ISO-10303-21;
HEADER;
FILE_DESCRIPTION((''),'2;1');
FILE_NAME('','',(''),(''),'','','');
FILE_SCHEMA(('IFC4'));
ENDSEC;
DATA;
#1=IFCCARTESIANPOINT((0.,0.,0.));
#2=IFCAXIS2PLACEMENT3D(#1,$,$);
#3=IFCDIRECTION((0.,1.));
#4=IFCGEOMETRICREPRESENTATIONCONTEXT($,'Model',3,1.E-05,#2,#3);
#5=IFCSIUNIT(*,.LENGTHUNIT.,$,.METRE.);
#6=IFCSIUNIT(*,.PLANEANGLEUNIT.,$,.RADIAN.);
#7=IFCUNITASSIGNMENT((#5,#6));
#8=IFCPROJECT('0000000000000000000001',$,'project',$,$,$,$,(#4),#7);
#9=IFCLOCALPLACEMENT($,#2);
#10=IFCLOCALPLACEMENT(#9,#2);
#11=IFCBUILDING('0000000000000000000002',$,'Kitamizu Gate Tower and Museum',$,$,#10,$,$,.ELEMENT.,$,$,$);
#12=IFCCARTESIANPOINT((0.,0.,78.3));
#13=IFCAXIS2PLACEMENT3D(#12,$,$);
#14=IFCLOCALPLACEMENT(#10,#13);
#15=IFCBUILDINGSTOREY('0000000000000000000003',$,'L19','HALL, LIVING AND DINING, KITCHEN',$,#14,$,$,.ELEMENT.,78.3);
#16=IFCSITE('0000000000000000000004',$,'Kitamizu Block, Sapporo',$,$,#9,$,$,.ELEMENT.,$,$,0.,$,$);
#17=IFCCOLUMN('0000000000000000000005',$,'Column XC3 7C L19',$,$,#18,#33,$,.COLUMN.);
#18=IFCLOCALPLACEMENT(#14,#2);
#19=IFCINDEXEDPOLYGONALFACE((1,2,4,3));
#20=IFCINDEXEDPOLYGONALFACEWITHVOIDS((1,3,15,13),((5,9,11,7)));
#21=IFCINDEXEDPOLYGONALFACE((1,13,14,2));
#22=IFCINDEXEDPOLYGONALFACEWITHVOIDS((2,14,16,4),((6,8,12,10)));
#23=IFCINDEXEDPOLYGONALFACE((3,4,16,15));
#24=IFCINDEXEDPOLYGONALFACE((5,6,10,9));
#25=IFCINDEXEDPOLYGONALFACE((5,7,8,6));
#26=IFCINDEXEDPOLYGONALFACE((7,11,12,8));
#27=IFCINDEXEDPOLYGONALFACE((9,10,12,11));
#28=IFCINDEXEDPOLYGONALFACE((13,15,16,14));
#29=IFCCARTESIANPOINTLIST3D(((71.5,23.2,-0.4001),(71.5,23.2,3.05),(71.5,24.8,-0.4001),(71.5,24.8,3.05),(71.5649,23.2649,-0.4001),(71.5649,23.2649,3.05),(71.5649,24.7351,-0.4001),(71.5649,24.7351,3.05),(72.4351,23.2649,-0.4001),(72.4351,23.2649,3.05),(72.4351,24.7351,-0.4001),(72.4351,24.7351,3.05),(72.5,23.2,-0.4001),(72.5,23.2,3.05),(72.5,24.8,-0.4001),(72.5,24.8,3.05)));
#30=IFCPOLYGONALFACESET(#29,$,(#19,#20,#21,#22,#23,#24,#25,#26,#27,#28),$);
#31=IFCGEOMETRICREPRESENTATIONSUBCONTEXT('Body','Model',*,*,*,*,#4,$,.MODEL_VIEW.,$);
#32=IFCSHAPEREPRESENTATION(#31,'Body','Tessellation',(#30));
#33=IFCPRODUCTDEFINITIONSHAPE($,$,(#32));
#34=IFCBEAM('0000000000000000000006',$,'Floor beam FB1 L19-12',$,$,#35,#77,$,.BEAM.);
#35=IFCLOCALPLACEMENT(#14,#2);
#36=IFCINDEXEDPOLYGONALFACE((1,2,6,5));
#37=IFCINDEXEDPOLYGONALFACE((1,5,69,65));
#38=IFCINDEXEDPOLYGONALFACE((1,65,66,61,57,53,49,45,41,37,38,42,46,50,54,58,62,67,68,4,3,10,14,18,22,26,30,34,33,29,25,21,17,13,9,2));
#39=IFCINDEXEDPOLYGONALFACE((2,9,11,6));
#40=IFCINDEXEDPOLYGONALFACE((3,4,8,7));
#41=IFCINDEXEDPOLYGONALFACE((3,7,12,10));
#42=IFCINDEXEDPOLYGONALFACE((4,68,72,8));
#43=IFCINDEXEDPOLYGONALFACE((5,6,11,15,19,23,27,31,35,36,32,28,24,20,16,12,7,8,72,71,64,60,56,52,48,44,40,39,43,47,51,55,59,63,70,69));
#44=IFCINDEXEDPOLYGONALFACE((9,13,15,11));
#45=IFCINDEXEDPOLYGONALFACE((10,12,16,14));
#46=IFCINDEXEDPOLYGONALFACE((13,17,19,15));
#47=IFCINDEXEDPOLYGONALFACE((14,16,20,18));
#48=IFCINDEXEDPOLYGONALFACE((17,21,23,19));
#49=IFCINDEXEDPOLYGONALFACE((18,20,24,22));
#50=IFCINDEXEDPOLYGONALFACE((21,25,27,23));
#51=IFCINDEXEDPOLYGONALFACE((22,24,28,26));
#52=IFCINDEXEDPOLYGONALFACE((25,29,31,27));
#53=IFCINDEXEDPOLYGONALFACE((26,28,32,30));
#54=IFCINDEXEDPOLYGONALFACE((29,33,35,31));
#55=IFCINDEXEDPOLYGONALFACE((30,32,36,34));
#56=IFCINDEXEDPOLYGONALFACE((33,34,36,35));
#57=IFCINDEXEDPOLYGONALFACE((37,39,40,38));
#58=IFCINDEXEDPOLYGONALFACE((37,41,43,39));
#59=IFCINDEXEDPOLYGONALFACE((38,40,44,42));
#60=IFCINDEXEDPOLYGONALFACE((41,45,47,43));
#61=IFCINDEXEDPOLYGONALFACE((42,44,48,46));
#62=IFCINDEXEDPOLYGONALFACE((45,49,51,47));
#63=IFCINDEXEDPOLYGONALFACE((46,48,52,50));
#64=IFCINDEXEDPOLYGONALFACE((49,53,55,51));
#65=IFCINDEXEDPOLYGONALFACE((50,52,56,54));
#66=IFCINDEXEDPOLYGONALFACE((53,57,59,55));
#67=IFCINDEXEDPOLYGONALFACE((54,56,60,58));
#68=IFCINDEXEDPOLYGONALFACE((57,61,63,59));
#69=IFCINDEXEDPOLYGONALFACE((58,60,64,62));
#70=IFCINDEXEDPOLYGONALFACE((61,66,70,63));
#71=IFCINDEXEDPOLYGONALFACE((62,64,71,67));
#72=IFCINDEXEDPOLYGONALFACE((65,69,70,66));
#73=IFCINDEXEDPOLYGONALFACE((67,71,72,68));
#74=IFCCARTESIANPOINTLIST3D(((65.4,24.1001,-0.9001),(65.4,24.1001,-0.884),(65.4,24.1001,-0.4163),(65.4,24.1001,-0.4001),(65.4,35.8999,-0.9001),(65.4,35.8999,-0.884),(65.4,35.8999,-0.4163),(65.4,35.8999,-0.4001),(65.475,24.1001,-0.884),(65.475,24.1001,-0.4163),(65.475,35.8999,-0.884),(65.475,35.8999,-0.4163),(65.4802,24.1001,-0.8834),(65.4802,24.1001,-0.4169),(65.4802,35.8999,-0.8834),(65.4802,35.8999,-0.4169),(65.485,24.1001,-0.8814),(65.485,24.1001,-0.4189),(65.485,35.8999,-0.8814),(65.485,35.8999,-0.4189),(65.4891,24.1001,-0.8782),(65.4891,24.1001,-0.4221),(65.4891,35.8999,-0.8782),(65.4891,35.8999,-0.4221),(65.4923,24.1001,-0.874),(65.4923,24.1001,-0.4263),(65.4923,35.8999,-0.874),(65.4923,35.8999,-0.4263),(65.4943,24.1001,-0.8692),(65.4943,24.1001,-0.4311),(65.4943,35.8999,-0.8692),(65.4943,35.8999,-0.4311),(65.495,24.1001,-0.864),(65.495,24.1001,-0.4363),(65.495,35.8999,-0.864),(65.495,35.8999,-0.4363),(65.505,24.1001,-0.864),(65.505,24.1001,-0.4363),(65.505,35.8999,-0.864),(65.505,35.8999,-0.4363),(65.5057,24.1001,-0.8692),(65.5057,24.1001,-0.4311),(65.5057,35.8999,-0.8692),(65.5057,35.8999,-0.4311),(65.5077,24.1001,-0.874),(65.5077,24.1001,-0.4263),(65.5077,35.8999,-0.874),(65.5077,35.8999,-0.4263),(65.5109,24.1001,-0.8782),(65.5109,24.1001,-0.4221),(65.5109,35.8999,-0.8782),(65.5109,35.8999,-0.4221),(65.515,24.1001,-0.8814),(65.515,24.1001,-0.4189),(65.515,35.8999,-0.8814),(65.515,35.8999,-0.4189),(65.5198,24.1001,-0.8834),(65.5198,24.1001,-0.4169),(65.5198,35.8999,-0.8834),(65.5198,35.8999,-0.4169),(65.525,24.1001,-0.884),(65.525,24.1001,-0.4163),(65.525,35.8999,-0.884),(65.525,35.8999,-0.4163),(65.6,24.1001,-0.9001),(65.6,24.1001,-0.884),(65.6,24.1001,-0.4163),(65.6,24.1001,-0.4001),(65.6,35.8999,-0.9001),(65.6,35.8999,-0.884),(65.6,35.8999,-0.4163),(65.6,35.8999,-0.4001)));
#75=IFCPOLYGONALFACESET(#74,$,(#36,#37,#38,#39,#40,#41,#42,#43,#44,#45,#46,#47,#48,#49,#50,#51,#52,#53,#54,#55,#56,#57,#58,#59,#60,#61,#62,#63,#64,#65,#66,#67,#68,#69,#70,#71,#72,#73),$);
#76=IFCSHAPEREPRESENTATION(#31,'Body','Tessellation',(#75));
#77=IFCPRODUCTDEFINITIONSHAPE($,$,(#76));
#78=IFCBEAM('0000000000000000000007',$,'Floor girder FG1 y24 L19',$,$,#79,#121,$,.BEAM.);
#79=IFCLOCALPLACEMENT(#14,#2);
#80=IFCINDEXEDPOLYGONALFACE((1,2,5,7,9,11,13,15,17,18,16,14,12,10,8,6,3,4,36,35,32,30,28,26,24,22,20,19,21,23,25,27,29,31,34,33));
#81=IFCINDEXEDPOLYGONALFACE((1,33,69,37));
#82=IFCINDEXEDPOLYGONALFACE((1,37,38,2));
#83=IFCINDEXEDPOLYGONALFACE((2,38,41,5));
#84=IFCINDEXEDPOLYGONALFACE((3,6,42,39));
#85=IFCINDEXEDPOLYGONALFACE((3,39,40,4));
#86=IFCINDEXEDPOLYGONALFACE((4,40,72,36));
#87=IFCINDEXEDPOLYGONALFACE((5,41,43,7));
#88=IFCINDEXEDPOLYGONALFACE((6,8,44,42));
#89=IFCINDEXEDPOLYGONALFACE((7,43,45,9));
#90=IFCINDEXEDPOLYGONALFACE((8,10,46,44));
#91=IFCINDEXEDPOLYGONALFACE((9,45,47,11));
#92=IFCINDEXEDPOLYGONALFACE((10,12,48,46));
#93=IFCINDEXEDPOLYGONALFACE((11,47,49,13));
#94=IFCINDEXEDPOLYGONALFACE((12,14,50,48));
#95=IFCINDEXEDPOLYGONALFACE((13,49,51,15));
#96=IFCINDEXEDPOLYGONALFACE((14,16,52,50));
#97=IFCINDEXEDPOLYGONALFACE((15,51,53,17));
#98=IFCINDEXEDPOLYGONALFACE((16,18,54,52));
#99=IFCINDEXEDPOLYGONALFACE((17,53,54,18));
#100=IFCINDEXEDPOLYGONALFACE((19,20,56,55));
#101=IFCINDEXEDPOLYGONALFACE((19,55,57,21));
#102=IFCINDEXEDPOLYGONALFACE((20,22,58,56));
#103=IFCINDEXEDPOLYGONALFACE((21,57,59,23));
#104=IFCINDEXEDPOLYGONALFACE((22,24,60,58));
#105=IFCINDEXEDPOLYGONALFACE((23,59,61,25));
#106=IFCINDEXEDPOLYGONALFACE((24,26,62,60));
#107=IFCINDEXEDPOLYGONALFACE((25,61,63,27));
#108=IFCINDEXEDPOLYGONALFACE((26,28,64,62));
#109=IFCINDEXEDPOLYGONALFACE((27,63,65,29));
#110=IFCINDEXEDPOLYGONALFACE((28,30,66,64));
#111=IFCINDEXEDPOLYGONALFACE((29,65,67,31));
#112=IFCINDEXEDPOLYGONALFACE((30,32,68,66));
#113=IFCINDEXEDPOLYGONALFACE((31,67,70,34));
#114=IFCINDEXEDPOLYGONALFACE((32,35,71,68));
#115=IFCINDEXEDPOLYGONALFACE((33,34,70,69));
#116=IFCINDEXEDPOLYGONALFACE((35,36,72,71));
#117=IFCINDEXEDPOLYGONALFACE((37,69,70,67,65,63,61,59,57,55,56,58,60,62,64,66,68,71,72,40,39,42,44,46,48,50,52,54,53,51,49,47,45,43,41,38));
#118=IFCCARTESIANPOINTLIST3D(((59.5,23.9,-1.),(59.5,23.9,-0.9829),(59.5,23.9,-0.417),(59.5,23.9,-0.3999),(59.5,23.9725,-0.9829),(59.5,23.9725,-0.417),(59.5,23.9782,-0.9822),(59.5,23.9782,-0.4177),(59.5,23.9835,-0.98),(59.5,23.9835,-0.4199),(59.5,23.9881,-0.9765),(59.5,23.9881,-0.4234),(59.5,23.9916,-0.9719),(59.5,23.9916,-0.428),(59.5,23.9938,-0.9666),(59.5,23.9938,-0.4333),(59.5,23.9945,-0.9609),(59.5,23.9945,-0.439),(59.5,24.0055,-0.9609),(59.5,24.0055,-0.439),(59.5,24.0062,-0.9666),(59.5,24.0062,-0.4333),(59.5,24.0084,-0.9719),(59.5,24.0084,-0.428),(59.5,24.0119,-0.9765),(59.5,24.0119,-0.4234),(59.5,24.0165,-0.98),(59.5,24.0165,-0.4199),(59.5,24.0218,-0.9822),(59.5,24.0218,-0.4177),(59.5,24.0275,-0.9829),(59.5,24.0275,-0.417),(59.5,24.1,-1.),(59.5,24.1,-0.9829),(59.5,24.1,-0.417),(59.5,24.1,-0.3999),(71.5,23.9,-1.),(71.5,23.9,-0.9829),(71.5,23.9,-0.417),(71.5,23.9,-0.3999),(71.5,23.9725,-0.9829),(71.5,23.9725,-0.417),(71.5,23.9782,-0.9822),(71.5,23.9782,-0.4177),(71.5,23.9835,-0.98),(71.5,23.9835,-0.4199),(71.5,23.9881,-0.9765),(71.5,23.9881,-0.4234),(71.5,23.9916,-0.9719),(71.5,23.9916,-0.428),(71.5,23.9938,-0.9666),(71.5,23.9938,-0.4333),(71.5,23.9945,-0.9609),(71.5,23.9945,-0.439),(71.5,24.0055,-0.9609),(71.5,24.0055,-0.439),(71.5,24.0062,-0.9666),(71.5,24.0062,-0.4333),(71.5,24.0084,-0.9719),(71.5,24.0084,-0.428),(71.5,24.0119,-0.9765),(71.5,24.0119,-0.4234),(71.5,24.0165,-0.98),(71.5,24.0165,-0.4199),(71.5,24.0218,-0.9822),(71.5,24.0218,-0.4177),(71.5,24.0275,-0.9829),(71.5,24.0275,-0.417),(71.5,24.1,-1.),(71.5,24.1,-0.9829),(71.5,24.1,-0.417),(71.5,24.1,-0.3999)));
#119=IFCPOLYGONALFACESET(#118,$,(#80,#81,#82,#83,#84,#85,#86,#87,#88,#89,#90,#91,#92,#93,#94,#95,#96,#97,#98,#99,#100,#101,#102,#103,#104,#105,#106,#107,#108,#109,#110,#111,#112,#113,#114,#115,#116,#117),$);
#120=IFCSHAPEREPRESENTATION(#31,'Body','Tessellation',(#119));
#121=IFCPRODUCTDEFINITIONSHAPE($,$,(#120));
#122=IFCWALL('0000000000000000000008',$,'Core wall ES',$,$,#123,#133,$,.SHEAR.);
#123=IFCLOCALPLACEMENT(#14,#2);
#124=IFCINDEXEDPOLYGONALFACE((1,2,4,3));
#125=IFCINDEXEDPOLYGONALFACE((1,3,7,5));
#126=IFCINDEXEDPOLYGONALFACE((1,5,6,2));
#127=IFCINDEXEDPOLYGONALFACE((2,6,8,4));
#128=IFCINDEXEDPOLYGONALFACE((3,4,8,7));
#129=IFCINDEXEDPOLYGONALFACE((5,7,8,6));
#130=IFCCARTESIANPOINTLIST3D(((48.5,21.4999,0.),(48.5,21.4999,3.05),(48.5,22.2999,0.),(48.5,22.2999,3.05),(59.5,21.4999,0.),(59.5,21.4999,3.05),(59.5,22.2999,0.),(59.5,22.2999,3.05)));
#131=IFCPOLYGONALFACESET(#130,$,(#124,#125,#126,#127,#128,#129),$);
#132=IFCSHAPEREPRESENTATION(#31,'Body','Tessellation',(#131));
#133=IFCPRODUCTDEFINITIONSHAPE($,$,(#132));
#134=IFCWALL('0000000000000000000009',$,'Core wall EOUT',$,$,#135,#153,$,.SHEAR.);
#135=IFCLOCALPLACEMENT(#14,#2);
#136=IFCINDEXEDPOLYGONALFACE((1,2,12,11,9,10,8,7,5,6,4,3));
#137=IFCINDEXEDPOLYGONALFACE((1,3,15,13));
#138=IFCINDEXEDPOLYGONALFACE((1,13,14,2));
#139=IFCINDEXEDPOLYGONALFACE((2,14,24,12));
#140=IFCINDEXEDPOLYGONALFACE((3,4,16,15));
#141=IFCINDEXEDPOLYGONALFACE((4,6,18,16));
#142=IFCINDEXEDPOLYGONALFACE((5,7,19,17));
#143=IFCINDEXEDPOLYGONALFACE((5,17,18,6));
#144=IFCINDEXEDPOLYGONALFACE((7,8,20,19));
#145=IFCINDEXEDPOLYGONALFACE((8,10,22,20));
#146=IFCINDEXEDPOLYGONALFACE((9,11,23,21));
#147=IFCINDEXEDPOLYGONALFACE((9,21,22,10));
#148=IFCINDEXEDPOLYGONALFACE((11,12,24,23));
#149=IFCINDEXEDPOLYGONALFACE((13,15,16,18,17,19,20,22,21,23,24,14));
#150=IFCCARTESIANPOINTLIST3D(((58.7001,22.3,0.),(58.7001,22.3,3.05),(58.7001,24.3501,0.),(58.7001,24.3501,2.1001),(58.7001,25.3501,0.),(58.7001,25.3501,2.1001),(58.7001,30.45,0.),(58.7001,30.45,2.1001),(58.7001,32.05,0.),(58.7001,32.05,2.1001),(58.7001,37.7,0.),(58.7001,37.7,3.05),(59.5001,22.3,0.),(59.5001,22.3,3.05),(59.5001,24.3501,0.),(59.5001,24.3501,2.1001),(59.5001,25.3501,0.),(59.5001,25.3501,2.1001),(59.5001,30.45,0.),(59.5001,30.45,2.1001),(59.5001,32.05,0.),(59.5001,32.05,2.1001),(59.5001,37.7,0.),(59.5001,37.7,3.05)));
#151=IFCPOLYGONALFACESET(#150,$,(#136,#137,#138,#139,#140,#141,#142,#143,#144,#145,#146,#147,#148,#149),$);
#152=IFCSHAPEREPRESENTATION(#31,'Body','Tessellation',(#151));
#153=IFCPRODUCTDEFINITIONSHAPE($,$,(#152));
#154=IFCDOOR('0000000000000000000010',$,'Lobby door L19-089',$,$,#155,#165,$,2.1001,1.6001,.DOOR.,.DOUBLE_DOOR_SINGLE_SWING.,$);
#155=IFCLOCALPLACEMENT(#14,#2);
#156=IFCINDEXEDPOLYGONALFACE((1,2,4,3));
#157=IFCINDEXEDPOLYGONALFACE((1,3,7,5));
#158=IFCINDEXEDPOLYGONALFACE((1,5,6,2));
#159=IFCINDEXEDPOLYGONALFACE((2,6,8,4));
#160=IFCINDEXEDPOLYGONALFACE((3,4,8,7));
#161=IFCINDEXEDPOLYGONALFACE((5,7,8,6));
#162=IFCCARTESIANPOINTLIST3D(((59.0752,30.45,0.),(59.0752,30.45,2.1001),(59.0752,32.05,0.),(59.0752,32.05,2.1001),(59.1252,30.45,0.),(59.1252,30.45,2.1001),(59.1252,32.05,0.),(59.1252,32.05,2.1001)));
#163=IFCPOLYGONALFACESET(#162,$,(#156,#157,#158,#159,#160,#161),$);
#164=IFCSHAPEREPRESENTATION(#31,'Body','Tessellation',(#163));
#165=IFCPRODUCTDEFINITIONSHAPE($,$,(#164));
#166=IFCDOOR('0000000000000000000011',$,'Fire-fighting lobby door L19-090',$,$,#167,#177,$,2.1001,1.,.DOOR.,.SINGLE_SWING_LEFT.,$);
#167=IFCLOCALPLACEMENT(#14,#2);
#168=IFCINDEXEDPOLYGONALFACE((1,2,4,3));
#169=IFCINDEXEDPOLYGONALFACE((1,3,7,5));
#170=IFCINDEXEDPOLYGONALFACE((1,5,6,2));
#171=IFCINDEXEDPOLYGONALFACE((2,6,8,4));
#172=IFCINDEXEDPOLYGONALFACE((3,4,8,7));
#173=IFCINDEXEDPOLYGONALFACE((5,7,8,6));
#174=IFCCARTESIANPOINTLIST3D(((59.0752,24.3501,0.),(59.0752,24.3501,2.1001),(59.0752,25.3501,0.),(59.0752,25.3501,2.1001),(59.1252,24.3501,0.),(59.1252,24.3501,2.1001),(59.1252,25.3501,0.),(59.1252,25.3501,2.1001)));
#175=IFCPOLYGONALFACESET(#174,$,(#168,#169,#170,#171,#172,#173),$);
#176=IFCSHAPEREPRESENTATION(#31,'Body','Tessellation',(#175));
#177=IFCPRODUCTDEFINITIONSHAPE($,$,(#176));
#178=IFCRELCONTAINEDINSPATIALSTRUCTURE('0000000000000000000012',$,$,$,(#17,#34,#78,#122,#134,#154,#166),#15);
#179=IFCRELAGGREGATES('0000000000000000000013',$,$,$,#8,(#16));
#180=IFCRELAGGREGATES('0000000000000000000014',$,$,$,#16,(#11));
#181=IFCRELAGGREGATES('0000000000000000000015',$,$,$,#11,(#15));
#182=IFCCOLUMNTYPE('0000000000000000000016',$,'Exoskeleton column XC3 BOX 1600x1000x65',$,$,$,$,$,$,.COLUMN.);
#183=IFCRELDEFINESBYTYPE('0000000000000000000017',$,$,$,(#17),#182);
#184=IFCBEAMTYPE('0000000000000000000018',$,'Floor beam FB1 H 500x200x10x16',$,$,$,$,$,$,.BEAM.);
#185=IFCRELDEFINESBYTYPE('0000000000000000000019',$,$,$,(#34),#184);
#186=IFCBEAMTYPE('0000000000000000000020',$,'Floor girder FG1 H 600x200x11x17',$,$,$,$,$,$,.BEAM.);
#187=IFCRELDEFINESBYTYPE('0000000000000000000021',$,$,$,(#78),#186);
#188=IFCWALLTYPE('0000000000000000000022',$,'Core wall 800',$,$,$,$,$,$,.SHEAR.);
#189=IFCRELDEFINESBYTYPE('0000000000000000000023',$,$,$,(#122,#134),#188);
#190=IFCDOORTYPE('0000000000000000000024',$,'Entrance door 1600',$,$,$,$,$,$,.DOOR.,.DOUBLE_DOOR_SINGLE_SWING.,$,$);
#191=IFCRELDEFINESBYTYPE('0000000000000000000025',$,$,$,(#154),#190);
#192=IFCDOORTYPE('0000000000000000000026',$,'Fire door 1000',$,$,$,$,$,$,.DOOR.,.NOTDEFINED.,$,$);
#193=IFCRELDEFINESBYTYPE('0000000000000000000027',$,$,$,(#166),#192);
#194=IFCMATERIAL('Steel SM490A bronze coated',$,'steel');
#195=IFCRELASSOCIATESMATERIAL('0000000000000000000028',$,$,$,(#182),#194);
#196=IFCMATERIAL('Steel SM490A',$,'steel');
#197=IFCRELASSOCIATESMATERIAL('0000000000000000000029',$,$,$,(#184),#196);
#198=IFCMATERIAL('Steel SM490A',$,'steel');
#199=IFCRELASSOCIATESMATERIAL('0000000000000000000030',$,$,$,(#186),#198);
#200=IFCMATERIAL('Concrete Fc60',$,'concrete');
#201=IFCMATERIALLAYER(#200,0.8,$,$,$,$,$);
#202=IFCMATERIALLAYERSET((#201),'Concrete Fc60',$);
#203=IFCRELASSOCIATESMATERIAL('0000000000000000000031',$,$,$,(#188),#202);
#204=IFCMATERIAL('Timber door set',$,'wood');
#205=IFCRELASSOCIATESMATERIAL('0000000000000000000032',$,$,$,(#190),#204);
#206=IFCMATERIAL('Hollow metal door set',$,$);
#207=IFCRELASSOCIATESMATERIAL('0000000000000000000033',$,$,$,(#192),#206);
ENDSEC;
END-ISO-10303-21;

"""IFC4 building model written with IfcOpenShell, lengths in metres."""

from ifc_helpers import new_model, si_unit, direction, frame, frame_2d, origin, origin_2d, place, context, subcontext, project, spatial, rectangle, hollow_rectangle, i_section, extrude, material, layer, layer_set, material_profile, profile_set, type_object, element, fill, save


model = new_model("IFC4")

# Units and contexts
model_context = context("Model", 3, precision=1e-05, world=origin(), true_north=direction((0.0, 1.0)))
body_context = subcontext(model_context, "Body", "Model", "MODEL_VIEW")
ifc_project = project(units=[si_unit("LENGTHUNIT", "METRE"), si_unit("PLANEANGLEUNIT", "RADIAN")], contexts=[model_context])

# Site, building, storey
site_placement = place(None, origin())
site = spatial("IfcSite", under=ifc_project, at=site_placement, Name="Kitamizu Block, Sapporo", CompositionType="ELEMENT", RefElevation=0.0)
building_placement = place(site_placement, origin())
building = spatial("IfcBuilding", under=site, at=building_placement, Name="Kitamizu Gate Tower and Museum", CompositionType="ELEMENT")
storey_placement = place(building_placement, frame((0.0, 0.0, 78.3)))
storey = spatial("IfcBuildingStorey", under=building, at=storey_placement, Name="L19", Description="HALL, LIVING AND DINING, KITCHEN", CompositionType="ELEMENT", Elevation=78.3)

# Column
ifc_material_1 = material(Name="Steel SM490A bronze coated", Category="steel")
ifc_material_profile_1 = material_profile(ifc_material_1, hollow_rectangle(XDim=1.6001, YDim=1.0, WallThickness=0.0649, at=origin_2d()), Name="BOX 1600x1000x65")
ifc_profile_set_1 = profile_set([ifc_material_profile_1], Name="Steel SM490A bronze coated")
column_type = type_object("IfcColumnType", Name="Exoskeleton column XC3 BOX 1600x1000x65", PredefinedType="COLUMN", material=ifc_profile_set_1)
column_placement = place(storey_placement, frame((72.0, 24.0, -0.4001), z_axis=(0.0, 0.0, 1.0), x_axis=(0.0, 1.0, 0.0)))
element("IfcColumn", 1, at=column_placement, inside=storey, type_object=column_type, Name="Column XC3 7C L19", PredefinedType="COLUMN", context=body_context, shape_type="SweptSolid", body=[
    extrude(hollow_rectangle(XDim=1.6001, YDim=1.0, WallThickness=0.0649, at=origin_2d()), origin(), (0.0, 0.0, 1.0), 3.4502),
])

# Beams
ifc_material_2 = material(Name="Steel SM490A", Category="steel")
ifc_material_profile_2 = material_profile(ifc_material_2, i_section(OverallWidth=0.2, OverallDepth=0.5, WebThickness=0.01, FlangeThickness=0.0161, FilletRadius=0.02, at=origin_2d()), Name="H-500x200x10x16")
ifc_profile_set_2 = profile_set([ifc_material_profile_2], Name="Steel SM490A")
beam_type_1 = type_object("IfcBeamType", Name="Floor beam FB1 H 500x200x10x16", PredefinedType="BEAM", material=ifc_profile_set_2)
beam_1_placement = place(storey_placement, frame((65.5, 24.1001, -0.6501), z_axis=(0.0, 1.0, 0.0), x_axis=(-1.0, 0.0, 0.0)))
element("IfcBeam", 2, at=beam_1_placement, inside=storey, type_object=beam_type_1, Name="Floor beam FB1 L19-12", PredefinedType="BEAM", context=body_context, shape_type="SweptSolid", body=[
    extrude(i_section(OverallWidth=0.2, OverallDepth=0.5, WebThickness=0.01, FlangeThickness=0.0161, FilletRadius=0.02, at=origin_2d()), origin(), (0.0, 0.0, 1.0), 11.7998),
])
ifc_material_3 = material(Name="Steel SM490A", Category="steel")
ifc_material_profile_3 = material_profile(ifc_material_3, i_section(OverallWidth=0.2, OverallDepth=0.6001, WebThickness=0.011, FlangeThickness=0.0171, FilletRadius=0.022, at=origin_2d()), Name="H-600x200x11x17")
ifc_profile_set_3 = profile_set([ifc_material_profile_3], Name="Steel SM490A")
beam_type_2 = type_object("IfcBeamType", Name="Floor girder FG1 H 600x200x11x17", PredefinedType="BEAM", material=ifc_profile_set_3)
beam_2_placement = place(storey_placement, frame((59.5, 24.0, -0.7), z_axis=(1.0, 0.0, 0.0), x_axis=(0.0, 1.0, 0.0)))
element("IfcBeam", 3, at=beam_2_placement, inside=storey, type_object=beam_type_2, Name="Floor girder FG1 y24 L19", PredefinedType="BEAM", context=body_context, shape_type="SweptSolid", body=[
    extrude(i_section(OverallWidth=0.2, OverallDepth=0.6001, WebThickness=0.011, FlangeThickness=0.0171, FilletRadius=0.022, at=origin_2d()), origin(), (0.0, 0.0, 1.0), 12.0),
])

# Wall
ifc_material_4 = material(Name="Concrete Fc60", Category="concrete")
ifc_layer_1 = layer(ifc_material_4, 0.8)
ifc_layer_set_1 = layer_set([ifc_layer_1], Name="Concrete Fc60")
wall_type_1 = type_object("IfcWallType", Name="Core wall 800", PredefinedType="SHEAR", material=ifc_layer_set_1)
wall_1_placement = place(storey_placement, frame((59.5, 21.8999, 0.0), z_axis=(0.0, 0.0, 1.0), x_axis=(-1.0, 0.0, 0.0)))
element("IfcWall", 4, at=wall_1_placement, inside=storey, type_object=wall_type_1, Name="Core wall ES", PredefinedType="SHEAR", context=body_context, shape_type="SweptSolid", body=[
    extrude(rectangle(XDim=11.0, YDim=0.8, at=frame_2d((5.5, 0.0))), origin(), (0.0, 0.0, 1.0), 3.05),
])

# Wall, openings, doors
wall_2_placement = place(storey_placement, frame((59.1001, 22.3, 0.0), z_axis=(0.0, 0.0, 1.0), x_axis=(0.0, 1.0, 0.0)))
wall_2 = element("IfcWall", 5, at=wall_2_placement, inside=storey, type_object=wall_type_1, Name="Core wall EOUT", PredefinedType="SHEAR", context=body_context, shape_type="SweptSolid", body=[
    extrude(rectangle(XDim=15.3999, YDim=0.8, at=frame_2d((7.7, 0.0))), origin(), (0.0, 0.0, 1.0), 3.05),
])
opening_1_placement = place(wall_2_placement, frame((8.1499, 0.0, 0.0)))
opening_1 = element("IfcOpeningElement", 6, at=opening_1_placement, cuts=wall_2, PredefinedType="OPENING", context=body_context, shape_type="SweptSolid", body=[
    extrude(rectangle(XDim=1.6001, YDim=2.1001, at=frame_2d((0.8, 1.05))), frame((0.0, 0.4102, 0.0), z_axis=(0.0, -1.0, 0.0), x_axis=(1.0, 0.0, 0.0)), (0.0, 0.0, 1.0), 0.8201),
])
opening_2_placement = place(wall_2_placement, frame((2.05, 0.0, 0.0)))
opening_2 = element("IfcOpeningElement", 7, at=opening_2_placement, cuts=wall_2, PredefinedType="OPENING", context=body_context, shape_type="SweptSolid", body=[
    extrude(rectangle(XDim=1.0, YDim=2.1001, at=frame_2d((0.5, 1.05))), frame((0.0, 0.4102, 0.0), z_axis=(0.0, -1.0, 0.0), x_axis=(1.0, 0.0, 0.0)), (0.0, 0.0, 1.0), 0.8201),
])
ifc_material_5 = material(Name="Timber door set", Category="wood")
door_type_1 = type_object("IfcDoorType", Name="Entrance door 1600", OperationType="DOUBLE_DOOR_SINGLE_SWING", PredefinedType="DOOR", material=ifc_material_5)
door_1_placement = place(opening_1_placement, origin())
door_1 = element("IfcDoor", 8, at=door_1_placement, inside=storey, type_object=door_type_1, Name="Lobby door L19-089", OperationType="DOUBLE_DOOR_SINGLE_SWING", OverallHeight=2.1001, OverallWidth=1.6001, PredefinedType="DOOR", context=body_context, shape_type="SweptSolid", body=[
    extrude(rectangle(XDim=1.6001, YDim=2.1001, at=frame_2d((0.8, 1.05))), frame((0.0, 0.0249, 0.0), z_axis=(0.0, -1.0, 0.0), x_axis=(1.0, 0.0, 0.0)), (0.0, 0.0, 1.0), 0.05),
])
fill(opening_1, door_1)
ifc_material_6 = material(Name="Hollow metal door set")
door_type_2 = type_object("IfcDoorType", Name="Fire door 1000", OperationType="NOTDEFINED", PredefinedType="DOOR", material=ifc_material_6)
door_2_placement = place(opening_2_placement, origin())
door_2 = element("IfcDoor", 9, at=door_2_placement, inside=storey, type_object=door_type_2, Name="Fire-fighting lobby door L19-090", OperationType="SINGLE_SWING_LEFT", OverallHeight=2.1001, OverallWidth=1.0, PredefinedType="DOOR", context=body_context, shape_type="SweptSolid", body=[
    extrude(rectangle(XDim=1.0, YDim=2.1001, at=frame_2d((0.5, 1.05))), frame((0.0, 0.0249, 0.0), z_axis=(0.0, -1.0, 0.0), x_axis=(1.0, 0.0, 0.0)), (0.0, 0.0, 1.0), 0.05),
])
fill(opening_2, door_2)

save(model, "model.ifc")
